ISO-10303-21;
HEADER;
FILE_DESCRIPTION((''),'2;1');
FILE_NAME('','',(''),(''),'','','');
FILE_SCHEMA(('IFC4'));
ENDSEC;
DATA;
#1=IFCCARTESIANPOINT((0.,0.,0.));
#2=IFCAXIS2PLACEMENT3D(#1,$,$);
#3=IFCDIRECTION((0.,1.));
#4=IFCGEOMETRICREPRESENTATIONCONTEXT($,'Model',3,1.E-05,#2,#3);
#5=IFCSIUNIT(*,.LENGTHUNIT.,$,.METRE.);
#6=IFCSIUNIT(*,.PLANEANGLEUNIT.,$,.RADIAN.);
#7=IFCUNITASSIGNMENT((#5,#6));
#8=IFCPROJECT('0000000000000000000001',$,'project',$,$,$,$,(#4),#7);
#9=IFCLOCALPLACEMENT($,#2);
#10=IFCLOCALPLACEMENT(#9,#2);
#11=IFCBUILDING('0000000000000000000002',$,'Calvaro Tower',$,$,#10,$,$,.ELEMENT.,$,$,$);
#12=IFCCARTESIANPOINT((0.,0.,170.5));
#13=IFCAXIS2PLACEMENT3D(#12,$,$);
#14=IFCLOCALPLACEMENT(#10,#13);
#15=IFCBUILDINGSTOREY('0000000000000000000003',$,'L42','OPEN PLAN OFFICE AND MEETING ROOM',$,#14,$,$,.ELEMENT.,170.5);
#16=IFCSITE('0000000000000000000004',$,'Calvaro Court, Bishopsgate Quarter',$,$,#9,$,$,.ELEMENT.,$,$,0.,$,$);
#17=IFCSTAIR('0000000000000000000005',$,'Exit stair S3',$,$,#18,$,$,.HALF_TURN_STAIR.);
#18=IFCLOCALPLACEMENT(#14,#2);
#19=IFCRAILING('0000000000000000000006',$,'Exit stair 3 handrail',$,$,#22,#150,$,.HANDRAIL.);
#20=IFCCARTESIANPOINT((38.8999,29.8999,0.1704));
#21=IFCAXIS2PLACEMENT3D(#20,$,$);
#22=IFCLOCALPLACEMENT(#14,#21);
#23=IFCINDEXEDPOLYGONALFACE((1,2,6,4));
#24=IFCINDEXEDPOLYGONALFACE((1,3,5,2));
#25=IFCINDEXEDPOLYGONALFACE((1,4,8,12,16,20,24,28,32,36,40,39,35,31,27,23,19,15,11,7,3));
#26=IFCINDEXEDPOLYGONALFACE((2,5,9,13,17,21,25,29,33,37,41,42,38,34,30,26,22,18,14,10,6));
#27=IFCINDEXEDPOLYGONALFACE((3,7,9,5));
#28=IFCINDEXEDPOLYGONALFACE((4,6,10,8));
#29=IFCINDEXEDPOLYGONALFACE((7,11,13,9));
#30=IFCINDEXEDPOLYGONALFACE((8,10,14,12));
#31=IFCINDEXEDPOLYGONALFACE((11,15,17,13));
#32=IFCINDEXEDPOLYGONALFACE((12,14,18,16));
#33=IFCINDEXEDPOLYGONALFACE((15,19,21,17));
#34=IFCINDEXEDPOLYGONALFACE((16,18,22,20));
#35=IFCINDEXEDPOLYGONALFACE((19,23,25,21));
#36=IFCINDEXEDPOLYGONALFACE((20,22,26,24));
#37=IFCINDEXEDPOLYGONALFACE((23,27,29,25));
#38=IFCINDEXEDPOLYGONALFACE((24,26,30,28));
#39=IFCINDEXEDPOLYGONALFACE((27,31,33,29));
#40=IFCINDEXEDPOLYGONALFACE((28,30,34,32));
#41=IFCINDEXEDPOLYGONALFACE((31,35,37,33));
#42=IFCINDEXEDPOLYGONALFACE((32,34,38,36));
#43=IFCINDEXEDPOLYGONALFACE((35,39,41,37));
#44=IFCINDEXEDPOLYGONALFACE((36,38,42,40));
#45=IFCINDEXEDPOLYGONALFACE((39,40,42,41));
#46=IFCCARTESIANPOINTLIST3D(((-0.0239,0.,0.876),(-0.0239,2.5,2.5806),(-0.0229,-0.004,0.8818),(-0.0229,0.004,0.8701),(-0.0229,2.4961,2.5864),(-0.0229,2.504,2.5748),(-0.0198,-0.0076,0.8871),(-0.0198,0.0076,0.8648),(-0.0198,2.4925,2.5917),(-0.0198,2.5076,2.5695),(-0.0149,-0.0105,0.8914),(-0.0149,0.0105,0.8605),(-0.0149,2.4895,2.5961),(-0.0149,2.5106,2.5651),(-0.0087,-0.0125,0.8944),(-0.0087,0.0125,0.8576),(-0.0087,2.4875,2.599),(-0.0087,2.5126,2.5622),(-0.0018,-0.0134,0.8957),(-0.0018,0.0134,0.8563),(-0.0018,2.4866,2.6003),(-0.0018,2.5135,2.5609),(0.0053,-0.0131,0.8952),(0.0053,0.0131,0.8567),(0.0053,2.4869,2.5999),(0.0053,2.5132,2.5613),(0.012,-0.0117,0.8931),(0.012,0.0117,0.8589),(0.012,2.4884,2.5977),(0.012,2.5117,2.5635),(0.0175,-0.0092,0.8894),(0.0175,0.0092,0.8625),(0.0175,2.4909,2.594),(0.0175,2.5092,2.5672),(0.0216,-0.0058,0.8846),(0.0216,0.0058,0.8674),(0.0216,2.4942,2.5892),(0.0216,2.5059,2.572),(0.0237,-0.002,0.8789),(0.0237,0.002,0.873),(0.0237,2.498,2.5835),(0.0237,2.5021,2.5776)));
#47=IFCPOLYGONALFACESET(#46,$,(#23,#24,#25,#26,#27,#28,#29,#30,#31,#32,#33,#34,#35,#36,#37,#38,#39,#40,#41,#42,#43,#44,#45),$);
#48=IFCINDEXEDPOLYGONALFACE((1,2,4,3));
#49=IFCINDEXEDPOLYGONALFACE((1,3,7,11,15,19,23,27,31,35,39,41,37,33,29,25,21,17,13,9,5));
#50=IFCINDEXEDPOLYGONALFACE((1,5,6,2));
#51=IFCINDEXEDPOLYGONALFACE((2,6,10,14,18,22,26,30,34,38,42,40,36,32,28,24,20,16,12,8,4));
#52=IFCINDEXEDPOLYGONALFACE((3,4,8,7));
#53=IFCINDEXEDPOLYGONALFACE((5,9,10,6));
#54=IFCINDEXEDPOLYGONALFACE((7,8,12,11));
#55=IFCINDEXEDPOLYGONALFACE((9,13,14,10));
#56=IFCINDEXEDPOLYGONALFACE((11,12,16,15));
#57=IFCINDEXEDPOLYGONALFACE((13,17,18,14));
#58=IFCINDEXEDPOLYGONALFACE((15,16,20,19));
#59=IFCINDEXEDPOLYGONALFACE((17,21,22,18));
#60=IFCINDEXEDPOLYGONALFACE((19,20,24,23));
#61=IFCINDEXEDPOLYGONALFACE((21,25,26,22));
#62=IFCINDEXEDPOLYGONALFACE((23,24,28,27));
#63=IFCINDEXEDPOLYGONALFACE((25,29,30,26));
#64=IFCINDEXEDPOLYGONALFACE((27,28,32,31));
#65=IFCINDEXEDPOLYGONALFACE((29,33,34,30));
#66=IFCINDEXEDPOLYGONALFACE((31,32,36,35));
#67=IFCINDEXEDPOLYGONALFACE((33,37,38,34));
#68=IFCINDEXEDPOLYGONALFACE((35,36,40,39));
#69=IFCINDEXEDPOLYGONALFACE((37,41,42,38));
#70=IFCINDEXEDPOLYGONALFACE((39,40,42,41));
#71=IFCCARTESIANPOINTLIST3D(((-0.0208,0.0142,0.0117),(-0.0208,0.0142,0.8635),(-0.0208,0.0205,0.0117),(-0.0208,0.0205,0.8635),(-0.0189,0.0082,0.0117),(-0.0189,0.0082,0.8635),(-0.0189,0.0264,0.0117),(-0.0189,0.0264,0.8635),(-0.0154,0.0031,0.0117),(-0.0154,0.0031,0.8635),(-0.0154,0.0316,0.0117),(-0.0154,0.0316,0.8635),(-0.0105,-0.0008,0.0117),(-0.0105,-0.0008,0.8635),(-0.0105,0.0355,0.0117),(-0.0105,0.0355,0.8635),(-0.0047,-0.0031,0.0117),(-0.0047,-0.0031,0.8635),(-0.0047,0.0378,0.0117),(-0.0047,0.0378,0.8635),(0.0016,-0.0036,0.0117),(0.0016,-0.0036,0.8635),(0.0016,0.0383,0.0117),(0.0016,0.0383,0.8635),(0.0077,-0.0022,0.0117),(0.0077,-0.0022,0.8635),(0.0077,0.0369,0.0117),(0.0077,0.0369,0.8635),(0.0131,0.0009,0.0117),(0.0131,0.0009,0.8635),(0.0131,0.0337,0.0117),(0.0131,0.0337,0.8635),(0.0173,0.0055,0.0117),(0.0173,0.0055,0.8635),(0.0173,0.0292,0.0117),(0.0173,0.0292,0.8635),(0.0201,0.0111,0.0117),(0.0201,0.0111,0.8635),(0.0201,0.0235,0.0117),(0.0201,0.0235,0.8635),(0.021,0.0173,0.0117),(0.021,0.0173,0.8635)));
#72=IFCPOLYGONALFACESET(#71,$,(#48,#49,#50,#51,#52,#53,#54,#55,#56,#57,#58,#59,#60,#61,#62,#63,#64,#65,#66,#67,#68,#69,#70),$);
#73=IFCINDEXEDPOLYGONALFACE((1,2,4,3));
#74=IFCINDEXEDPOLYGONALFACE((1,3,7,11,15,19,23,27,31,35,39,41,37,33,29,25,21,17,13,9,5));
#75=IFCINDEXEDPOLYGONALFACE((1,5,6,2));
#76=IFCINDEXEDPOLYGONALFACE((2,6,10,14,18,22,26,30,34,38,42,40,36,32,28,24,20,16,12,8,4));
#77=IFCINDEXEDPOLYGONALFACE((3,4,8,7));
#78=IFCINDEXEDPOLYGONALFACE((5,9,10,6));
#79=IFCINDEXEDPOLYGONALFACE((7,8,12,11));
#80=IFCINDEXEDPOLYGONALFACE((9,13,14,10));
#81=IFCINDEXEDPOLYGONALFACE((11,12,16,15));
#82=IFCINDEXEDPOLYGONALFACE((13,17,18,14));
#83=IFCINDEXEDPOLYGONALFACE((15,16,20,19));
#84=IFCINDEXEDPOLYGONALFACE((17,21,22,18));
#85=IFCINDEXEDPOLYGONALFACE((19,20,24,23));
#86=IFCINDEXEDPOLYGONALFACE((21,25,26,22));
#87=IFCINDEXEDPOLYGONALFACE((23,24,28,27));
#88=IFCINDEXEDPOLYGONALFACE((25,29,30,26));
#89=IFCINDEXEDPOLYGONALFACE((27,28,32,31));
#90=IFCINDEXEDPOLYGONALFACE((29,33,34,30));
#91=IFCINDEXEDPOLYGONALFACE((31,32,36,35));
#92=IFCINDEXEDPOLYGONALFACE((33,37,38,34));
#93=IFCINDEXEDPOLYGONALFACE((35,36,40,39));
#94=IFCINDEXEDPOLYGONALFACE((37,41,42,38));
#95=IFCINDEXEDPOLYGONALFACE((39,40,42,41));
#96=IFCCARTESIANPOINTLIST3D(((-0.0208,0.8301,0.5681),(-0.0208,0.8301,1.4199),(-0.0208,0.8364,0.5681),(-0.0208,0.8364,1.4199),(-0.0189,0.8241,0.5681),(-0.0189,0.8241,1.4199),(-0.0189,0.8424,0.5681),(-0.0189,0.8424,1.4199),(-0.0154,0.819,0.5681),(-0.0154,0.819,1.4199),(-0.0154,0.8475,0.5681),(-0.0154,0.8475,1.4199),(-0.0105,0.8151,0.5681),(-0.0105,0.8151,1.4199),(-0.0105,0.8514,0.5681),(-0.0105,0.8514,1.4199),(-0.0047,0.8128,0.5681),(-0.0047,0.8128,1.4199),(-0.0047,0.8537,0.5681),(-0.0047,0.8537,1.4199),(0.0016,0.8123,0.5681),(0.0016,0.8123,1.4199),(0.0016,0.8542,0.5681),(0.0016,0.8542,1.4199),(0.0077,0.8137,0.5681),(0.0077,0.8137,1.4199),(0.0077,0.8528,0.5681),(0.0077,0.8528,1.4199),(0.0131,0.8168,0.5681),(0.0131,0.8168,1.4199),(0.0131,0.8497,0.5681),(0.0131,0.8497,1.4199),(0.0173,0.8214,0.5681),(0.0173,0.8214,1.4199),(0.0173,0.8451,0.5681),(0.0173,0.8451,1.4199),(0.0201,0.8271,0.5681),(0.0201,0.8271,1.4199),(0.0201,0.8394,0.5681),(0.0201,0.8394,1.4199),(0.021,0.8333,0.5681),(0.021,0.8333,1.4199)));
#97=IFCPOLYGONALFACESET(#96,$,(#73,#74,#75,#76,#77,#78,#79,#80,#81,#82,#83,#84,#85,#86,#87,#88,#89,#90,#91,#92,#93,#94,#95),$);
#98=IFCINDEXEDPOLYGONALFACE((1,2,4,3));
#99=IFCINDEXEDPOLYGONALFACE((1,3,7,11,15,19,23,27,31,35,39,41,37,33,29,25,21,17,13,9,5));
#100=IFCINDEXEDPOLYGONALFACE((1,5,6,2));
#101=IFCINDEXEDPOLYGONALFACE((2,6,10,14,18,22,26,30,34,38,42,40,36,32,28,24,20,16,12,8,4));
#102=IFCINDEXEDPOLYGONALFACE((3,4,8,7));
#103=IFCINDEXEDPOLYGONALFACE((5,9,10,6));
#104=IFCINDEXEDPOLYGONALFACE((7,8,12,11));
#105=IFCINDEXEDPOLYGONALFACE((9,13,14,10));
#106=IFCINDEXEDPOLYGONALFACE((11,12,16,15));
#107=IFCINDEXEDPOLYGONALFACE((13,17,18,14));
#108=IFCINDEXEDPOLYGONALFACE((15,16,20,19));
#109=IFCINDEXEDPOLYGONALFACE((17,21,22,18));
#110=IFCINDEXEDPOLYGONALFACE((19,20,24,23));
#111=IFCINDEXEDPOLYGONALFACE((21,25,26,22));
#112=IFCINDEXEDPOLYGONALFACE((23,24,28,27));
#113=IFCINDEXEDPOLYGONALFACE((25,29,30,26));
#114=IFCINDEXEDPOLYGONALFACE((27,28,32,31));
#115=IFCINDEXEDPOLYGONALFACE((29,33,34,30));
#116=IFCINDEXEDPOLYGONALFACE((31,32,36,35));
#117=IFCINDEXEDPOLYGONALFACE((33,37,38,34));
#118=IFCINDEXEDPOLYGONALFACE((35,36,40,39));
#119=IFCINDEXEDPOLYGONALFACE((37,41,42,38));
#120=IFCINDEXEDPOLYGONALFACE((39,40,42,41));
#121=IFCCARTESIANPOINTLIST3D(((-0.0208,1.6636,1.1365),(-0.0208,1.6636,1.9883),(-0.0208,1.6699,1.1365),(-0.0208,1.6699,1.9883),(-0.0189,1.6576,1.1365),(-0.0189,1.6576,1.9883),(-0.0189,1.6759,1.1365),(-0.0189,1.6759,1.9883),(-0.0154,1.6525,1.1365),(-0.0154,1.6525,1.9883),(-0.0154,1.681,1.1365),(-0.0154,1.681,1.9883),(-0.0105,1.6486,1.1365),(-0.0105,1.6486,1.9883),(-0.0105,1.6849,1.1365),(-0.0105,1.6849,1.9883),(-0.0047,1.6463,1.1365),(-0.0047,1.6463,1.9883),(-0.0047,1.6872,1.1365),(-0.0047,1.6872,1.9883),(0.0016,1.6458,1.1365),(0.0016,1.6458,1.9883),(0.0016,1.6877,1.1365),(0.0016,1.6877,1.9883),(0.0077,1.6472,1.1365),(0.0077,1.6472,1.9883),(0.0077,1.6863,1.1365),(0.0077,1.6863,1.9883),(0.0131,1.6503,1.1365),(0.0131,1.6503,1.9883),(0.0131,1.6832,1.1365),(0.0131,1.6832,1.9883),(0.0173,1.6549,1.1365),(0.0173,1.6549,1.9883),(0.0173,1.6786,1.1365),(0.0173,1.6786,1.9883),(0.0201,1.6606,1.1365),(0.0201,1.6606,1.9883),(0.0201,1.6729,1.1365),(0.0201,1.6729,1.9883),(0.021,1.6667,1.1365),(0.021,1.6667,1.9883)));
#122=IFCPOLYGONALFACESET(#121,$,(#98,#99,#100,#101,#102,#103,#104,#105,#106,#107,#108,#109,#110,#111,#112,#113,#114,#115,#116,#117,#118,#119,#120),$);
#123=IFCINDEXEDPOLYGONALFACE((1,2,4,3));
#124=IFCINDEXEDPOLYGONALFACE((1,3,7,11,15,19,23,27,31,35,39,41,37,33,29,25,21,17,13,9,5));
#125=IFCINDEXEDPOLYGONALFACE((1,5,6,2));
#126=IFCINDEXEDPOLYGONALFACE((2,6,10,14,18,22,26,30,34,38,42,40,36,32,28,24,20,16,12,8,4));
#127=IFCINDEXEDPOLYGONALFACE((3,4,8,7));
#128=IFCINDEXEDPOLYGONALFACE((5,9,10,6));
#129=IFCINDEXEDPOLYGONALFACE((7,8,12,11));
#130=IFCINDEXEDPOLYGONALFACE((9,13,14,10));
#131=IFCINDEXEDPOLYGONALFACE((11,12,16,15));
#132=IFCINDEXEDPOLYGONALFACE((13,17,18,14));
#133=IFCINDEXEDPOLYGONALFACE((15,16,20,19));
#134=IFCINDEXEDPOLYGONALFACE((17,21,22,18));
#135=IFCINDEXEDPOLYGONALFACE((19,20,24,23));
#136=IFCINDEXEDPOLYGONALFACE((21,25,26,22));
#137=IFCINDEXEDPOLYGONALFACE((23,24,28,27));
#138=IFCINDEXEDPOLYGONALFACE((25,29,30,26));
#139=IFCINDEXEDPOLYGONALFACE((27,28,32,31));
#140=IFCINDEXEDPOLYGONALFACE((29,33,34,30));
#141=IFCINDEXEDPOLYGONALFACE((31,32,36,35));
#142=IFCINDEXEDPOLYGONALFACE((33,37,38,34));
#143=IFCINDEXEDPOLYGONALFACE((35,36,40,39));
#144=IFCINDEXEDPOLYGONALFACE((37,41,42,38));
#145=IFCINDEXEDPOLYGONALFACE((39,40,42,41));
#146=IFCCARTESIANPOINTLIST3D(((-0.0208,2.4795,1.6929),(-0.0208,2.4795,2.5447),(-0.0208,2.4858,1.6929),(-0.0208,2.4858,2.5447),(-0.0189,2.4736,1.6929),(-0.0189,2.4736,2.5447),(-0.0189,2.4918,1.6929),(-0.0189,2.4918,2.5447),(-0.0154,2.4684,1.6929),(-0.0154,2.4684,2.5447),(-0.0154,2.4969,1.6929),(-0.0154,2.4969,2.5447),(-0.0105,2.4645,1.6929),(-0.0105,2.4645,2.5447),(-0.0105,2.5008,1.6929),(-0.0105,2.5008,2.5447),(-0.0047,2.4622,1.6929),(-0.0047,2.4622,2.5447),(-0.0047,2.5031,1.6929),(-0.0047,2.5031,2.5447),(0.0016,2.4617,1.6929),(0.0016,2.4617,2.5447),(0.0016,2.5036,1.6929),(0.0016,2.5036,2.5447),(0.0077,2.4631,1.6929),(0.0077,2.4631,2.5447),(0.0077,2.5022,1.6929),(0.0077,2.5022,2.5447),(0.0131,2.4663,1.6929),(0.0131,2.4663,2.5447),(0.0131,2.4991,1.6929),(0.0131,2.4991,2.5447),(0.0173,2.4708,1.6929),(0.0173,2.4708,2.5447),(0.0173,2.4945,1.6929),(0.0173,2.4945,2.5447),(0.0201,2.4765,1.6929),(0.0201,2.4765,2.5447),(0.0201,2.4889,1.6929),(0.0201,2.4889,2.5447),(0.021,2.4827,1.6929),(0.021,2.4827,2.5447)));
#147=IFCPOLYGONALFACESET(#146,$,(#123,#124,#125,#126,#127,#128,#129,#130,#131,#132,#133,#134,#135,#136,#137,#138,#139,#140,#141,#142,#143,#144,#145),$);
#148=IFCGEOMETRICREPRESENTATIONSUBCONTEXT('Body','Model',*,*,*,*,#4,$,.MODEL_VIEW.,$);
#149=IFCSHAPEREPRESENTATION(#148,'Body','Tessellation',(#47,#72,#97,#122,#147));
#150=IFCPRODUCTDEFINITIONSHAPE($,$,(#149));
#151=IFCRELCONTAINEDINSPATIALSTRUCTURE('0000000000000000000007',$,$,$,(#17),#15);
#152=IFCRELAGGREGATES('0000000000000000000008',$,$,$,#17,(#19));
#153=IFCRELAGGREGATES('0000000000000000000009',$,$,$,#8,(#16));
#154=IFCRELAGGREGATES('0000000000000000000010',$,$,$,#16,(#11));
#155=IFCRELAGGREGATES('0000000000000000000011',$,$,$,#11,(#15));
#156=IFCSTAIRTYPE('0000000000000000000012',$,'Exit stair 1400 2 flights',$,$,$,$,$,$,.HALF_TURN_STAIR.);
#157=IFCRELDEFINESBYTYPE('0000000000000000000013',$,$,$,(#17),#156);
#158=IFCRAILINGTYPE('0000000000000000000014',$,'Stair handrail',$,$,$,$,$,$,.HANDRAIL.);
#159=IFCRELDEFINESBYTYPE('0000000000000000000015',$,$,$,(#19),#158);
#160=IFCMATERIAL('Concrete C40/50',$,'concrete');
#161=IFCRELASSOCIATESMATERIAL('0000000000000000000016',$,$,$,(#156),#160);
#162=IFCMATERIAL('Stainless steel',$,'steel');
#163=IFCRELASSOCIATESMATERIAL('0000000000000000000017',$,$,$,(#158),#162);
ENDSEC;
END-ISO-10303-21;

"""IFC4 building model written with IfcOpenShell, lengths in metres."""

from ifc_helpers import new_model, si_unit, direction, frame, origin, origin_2d, place, context, subcontext, project, spatial, circle, extrude, material, type_object, element, aggregate, save


model = new_model("IFC4")

# Units and contexts
model_context = context("Model", 3, precision=1e-05, world=origin(), true_north=direction((0.0, 1.0)))
body_context = subcontext(model_context, "Body", "Model", "MODEL_VIEW")
ifc_project = project(units=[si_unit("LENGTHUNIT", "METRE"), si_unit("PLANEANGLEUNIT", "RADIAN")], contexts=[model_context])

# Site, building, storey
site_placement = place(None, origin())
site = spatial("IfcSite", under=ifc_project, at=site_placement, Name="Calvaro Court, Bishopsgate Quarter", CompositionType="ELEMENT", RefElevation=0.0)
building_placement = place(site_placement, origin())
building = spatial("IfcBuilding", under=site, at=building_placement, Name="Calvaro Tower", CompositionType="ELEMENT")
storey_placement = place(building_placement, frame((0.0, 0.0, 170.5)))
storey = spatial("IfcBuildingStorey", under=building, at=storey_placement, Name="L42", Description="OPEN PLAN OFFICE AND MEETING ROOM", CompositionType="ELEMENT", Elevation=170.5)

# Stair, railing
ifc_material_1 = material(Name="Concrete C40/50", Category="concrete")
stair_type = type_object("IfcStairType", Name="Exit stair 1400 2 flights", PredefinedType="HALF_TURN_STAIR", material=ifc_material_1)
stair_placement = place(storey_placement, origin())
stair = element("IfcStair", 1, at=stair_placement, inside=storey, type_object=stair_type, Name="Exit stair S3", PredefinedType="HALF_TURN_STAIR")
ifc_material_2 = material(Name="Stainless steel", Category="steel")
railing_type = type_object("IfcRailingType", Name="Stair handrail", PredefinedType="HANDRAIL", material=ifc_material_2)
railing_1_placement = place(storey_placement, frame((38.8999, 29.8999, 0.1704)))
railing_1 = element("IfcRailing", 2, at=railing_1_placement, type_object=railing_type, Name="Exit stair 3 handrail", PredefinedType="HANDRAIL", context=body_context, shape_type="SweptSolid", body=[
    extrude(circle(Radius=0.0239, at=origin_2d()), frame((0.0, 0.0, 0.876), z_axis=(0.0, 0.826221, 0.563347), x_axis=(-1.0, 0.0, 0.0)), (0.0, 0.0, 1.0), 3.0259),
    extrude(circle(Radius=0.021, at=origin_2d()), frame((0.0, 0.0173, 0.0117)), (0.0, 0.0, 1.0), 0.8518),
    extrude(circle(Radius=0.021, at=origin_2d()), frame((0.0, 0.8333, 0.5681)), (0.0, 0.0, 1.0), 0.8518),
    extrude(circle(Radius=0.021, at=origin_2d()), frame((0.0, 1.6667, 1.1365)), (0.0, 0.0, 1.0), 0.8518),
    extrude(circle(Radius=0.021, at=origin_2d()), frame((0.0, 2.4827, 1.6929)), (0.0, 0.0, 1.0), 0.8518),
])
aggregate(stair, [railing_1])

save(model, "model.ifc")
